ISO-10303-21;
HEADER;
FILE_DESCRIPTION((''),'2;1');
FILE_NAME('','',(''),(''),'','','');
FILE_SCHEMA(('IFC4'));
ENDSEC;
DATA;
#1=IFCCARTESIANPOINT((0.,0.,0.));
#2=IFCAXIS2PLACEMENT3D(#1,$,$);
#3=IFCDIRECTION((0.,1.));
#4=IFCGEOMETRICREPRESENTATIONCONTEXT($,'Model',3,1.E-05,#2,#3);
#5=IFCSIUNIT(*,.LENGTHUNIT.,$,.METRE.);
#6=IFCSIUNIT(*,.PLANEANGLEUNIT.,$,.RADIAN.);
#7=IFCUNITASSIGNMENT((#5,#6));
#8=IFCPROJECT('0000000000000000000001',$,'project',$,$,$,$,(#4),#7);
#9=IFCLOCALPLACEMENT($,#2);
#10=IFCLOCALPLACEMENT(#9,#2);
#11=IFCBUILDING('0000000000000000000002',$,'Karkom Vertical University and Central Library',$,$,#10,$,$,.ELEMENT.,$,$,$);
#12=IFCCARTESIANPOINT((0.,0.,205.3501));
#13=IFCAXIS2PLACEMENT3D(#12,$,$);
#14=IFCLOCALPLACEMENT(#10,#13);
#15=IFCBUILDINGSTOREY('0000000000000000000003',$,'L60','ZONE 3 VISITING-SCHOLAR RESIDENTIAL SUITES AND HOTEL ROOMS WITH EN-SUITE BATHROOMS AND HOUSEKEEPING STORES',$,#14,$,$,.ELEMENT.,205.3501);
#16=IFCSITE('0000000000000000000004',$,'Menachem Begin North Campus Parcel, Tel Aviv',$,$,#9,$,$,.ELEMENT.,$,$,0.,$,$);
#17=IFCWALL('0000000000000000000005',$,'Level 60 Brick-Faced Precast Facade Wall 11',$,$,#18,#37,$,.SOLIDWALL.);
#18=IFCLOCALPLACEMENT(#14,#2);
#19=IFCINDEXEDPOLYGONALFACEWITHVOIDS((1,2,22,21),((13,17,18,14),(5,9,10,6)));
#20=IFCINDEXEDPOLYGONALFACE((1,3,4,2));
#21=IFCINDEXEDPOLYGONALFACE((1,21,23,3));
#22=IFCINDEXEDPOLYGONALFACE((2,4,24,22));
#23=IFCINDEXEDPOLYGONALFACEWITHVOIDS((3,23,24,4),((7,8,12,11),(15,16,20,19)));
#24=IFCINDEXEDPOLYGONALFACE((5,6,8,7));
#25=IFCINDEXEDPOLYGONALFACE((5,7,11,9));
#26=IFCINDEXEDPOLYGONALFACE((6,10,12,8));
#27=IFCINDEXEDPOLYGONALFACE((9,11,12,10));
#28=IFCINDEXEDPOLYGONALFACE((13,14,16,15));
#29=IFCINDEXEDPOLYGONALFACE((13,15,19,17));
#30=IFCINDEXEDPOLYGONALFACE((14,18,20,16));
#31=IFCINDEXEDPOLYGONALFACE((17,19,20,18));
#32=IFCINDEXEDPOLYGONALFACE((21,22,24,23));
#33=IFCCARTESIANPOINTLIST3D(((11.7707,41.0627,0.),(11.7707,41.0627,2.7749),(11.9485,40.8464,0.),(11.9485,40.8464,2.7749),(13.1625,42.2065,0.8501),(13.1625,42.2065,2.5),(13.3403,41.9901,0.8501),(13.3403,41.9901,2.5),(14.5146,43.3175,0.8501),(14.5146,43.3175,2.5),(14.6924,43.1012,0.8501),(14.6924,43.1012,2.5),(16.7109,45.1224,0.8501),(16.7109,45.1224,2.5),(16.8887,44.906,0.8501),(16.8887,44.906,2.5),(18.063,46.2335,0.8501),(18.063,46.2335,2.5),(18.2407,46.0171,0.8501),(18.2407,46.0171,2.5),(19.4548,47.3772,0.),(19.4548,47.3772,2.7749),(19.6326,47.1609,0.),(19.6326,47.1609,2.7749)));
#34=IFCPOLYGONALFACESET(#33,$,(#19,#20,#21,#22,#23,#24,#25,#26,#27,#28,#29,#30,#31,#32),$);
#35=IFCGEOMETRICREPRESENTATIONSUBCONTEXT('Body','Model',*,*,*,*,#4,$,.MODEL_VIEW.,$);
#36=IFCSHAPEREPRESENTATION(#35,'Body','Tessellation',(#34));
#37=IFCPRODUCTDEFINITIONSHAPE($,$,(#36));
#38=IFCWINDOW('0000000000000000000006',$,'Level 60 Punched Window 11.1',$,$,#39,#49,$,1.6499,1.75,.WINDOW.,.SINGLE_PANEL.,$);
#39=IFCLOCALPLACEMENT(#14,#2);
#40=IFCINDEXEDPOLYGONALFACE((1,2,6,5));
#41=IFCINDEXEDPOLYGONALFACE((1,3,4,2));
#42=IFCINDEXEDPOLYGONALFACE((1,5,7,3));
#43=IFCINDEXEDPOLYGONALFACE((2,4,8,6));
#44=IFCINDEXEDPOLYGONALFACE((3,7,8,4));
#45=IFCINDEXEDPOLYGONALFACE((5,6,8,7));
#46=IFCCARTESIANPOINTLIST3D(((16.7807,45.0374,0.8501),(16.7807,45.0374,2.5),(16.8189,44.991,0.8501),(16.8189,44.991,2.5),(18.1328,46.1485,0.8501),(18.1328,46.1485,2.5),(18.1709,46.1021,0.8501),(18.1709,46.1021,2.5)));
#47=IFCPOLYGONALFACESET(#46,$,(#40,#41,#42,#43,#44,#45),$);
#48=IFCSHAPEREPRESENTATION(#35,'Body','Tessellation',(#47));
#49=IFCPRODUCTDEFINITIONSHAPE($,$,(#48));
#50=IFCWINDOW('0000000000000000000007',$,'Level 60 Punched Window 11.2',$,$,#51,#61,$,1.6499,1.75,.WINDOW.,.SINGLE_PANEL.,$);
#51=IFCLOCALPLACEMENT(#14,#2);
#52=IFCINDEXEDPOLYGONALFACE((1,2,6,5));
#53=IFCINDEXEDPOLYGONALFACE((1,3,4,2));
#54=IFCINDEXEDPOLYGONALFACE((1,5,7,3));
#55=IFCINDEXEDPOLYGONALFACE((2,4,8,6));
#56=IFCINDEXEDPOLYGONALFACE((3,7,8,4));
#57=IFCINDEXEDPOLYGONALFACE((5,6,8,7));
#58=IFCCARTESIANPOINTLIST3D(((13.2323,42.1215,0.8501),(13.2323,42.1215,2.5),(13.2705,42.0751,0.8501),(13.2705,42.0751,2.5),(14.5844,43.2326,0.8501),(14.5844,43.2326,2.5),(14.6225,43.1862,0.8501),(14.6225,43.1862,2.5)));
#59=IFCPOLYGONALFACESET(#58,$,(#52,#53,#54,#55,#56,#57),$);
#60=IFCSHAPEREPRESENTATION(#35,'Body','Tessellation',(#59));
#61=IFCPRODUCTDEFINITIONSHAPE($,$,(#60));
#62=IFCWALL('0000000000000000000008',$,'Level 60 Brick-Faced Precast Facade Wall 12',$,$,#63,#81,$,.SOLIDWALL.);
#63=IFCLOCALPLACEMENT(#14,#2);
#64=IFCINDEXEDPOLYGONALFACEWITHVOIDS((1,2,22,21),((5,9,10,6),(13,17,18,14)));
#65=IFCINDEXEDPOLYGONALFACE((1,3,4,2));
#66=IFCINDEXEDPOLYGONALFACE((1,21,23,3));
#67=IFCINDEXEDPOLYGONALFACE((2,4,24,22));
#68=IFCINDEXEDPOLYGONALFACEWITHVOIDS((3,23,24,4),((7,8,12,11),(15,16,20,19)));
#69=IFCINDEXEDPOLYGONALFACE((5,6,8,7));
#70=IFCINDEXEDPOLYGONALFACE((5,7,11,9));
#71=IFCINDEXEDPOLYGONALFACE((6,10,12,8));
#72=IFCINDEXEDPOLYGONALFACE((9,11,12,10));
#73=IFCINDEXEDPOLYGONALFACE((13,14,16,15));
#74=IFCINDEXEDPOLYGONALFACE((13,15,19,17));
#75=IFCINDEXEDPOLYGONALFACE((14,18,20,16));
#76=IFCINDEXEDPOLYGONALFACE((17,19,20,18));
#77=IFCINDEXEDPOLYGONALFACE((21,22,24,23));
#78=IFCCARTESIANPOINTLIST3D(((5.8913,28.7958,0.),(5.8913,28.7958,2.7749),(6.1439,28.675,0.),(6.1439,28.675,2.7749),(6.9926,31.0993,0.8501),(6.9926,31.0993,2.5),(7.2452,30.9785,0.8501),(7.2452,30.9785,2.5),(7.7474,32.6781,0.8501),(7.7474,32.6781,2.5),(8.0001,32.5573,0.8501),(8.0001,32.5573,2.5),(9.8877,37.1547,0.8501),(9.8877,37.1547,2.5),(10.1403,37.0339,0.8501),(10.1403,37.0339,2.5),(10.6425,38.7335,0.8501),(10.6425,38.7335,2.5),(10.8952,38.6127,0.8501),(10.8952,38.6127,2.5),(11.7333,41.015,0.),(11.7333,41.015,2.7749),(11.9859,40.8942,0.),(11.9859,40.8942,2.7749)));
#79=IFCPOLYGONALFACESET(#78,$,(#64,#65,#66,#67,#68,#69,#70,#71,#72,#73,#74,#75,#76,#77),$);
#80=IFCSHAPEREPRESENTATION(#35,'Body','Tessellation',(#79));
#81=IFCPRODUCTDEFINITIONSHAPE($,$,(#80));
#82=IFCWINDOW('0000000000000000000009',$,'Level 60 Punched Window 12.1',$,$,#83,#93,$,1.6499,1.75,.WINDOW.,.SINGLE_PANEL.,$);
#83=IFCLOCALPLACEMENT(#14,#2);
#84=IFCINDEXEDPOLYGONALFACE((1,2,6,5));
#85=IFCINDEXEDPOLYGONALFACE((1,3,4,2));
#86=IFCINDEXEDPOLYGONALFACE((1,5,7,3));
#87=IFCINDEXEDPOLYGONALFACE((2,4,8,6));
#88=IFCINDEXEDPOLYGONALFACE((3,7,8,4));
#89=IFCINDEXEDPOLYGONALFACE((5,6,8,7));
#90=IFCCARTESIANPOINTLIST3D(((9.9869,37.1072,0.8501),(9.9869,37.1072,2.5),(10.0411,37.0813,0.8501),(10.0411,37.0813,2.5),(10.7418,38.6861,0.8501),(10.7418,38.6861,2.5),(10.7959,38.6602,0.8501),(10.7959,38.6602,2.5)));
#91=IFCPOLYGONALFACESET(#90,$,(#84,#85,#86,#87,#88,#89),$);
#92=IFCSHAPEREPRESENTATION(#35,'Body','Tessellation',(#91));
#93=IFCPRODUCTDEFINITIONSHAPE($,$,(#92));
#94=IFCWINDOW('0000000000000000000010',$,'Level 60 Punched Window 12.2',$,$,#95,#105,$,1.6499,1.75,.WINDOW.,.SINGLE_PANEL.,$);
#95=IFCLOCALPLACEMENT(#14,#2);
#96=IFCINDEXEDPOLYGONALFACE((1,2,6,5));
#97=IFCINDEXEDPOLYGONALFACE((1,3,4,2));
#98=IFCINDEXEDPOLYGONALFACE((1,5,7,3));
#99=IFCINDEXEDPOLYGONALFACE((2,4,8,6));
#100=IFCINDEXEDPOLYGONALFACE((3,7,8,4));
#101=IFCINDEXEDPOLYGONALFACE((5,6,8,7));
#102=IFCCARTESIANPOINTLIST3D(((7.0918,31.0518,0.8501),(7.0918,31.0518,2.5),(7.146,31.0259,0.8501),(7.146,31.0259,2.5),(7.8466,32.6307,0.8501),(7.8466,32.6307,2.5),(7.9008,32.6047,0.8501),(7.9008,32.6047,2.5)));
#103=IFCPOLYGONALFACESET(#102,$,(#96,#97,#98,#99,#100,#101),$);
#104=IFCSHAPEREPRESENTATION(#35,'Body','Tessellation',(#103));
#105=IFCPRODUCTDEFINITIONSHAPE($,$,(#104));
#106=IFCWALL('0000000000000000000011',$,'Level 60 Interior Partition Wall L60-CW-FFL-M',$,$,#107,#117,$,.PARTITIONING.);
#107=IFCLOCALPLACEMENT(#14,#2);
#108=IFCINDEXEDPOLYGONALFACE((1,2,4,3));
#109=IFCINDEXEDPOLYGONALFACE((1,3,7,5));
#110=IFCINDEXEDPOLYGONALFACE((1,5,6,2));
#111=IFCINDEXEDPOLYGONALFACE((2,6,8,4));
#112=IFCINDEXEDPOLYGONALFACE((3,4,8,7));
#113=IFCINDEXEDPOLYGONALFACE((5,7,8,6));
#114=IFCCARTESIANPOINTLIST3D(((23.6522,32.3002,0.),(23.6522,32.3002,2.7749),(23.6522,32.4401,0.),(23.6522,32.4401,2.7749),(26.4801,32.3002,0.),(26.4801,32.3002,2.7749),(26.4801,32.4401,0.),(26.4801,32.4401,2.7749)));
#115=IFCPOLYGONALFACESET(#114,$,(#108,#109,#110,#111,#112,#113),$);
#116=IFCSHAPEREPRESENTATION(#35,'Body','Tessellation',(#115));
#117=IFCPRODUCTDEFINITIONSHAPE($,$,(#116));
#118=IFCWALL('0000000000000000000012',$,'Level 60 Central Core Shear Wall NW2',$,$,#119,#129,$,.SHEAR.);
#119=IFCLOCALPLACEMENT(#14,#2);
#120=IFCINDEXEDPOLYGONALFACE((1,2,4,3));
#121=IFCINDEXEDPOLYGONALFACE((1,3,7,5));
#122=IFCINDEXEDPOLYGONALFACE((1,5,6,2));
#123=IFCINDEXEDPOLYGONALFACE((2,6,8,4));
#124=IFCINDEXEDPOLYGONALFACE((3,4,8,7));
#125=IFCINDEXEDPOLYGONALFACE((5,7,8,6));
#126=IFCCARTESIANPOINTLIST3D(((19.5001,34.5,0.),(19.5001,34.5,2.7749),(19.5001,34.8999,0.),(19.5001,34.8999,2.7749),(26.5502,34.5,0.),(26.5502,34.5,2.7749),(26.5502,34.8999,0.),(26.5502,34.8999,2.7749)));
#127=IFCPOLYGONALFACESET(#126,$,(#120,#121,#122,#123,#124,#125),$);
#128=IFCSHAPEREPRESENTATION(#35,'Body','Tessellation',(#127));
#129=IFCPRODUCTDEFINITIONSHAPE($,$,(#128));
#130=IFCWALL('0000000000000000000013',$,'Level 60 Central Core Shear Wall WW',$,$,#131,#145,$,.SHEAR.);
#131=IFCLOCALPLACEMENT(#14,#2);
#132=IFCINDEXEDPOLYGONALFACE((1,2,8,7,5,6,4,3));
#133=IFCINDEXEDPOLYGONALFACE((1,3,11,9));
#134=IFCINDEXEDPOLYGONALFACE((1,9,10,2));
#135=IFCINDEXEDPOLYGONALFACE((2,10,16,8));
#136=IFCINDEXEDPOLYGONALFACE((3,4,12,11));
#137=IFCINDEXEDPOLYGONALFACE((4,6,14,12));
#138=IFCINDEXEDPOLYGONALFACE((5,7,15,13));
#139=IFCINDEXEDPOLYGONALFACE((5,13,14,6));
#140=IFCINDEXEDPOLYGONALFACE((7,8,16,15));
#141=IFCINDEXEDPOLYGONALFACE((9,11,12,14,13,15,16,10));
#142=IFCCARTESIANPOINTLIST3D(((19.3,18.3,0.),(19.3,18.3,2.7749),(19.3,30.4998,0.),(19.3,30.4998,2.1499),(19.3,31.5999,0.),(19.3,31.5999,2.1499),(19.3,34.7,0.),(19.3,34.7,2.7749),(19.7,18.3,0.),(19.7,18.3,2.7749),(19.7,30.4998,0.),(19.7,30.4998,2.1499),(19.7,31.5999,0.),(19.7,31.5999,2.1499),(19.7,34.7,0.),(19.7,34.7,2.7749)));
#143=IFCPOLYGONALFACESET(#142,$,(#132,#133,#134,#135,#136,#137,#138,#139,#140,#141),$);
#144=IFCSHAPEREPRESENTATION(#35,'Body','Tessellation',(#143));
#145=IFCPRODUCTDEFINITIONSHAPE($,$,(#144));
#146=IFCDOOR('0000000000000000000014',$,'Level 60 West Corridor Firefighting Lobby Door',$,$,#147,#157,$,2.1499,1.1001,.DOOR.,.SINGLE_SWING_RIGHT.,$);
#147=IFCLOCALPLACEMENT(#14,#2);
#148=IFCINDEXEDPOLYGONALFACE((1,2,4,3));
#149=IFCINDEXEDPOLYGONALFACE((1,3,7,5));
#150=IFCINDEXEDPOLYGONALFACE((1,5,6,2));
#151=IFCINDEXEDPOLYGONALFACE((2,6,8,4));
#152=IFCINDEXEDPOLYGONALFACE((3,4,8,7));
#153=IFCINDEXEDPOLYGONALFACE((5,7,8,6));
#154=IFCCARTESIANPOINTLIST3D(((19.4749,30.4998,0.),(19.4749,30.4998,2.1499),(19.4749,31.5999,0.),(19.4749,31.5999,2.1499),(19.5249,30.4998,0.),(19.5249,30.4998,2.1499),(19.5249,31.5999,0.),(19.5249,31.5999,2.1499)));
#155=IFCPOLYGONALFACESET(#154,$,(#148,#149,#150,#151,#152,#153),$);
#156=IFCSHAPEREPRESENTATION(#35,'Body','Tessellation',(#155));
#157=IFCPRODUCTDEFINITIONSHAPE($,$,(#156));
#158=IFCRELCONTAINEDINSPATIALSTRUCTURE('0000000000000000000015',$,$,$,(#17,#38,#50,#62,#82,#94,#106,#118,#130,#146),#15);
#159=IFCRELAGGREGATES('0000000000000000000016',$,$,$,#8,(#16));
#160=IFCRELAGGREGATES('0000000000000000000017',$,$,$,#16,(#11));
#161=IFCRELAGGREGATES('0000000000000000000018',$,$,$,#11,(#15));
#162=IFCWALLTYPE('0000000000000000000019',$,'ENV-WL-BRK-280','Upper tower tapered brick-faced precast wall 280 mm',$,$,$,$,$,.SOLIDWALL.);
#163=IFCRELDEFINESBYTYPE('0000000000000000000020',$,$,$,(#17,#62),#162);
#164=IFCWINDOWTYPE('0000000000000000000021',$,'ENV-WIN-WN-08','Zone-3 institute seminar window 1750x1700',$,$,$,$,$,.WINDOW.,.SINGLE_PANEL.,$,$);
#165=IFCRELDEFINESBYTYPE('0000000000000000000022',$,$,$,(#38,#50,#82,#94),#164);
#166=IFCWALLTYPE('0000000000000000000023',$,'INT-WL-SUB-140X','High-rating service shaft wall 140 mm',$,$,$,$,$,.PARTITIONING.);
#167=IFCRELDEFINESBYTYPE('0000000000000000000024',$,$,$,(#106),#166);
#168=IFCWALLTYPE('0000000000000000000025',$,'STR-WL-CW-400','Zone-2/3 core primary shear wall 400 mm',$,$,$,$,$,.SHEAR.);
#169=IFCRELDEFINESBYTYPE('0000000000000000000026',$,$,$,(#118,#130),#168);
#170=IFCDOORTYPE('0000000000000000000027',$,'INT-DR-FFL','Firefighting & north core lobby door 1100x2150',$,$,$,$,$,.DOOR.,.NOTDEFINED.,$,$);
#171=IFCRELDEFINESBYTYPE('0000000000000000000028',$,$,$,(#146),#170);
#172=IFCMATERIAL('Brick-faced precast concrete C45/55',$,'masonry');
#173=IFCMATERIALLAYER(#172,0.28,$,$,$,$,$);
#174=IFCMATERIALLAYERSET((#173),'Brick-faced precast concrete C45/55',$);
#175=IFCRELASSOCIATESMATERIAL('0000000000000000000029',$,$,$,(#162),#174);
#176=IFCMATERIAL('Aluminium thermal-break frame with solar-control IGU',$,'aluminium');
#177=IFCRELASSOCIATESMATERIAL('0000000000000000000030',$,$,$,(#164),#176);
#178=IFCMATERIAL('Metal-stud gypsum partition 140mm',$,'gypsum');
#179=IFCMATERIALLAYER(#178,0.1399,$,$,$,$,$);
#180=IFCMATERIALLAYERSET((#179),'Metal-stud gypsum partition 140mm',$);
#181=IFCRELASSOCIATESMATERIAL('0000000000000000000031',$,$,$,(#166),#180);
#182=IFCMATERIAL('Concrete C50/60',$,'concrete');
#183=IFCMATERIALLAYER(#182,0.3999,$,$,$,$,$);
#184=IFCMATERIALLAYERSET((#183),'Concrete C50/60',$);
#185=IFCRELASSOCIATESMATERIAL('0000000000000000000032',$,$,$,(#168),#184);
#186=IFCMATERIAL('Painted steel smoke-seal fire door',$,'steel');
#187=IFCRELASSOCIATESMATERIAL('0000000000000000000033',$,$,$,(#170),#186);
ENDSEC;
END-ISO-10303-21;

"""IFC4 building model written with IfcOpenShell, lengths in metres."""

from ifc_helpers import new_model, si_unit, direction, frame, frame_2d, origin, origin_with_axes, place, context, subcontext, project, spatial, rectangle, extrude, source, transform, mapped, material, layer, layer_set, type_object, element, fill, save


model = new_model("IFC4")

# Units and contexts
model_context = context("Model", 3, precision=1e-05, world=origin(), true_north=direction((0.0, 1.0)))
body_context = subcontext(model_context, "Body", "Model", "MODEL_VIEW")
ifc_project = project(units=[si_unit("LENGTHUNIT", "METRE"), si_unit("PLANEANGLEUNIT", "RADIAN")], contexts=[model_context])

# Site, building, storey
site_placement = place(None, origin())
site = spatial("IfcSite", under=ifc_project, at=site_placement, Name="Menachem Begin North Campus Parcel, Tel Aviv", CompositionType="ELEMENT", RefElevation=0.0)
building_placement = place(site_placement, origin())
building = spatial("IfcBuilding", under=site, at=building_placement, Name="Karkom Vertical University and Central Library", CompositionType="ELEMENT")
storey_placement = place(building_placement, frame((0.0, 0.0, 205.3501)))
storey = spatial("IfcBuildingStorey", under=building, at=storey_placement, Name="L60", Description="ZONE 3 VISITING-SCHOLAR RESIDENTIAL SUITES AND HOTEL ROOMS WITH EN-SUITE BATHROOMS AND HOUSEKEEPING STORES", CompositionType="ELEMENT", Elevation=205.3501)

# Shared definitions
ifc_material_1 = material(Name="Concrete C50/60", Category="concrete")

# Walls, openings, windows
ifc_material_2 = material(Name="Brick-faced precast concrete C45/55", Category="masonry")
ifc_layer_1 = layer(ifc_material_2, 0.28)
ifc_layer_set_1 = layer_set([ifc_layer_1], Name="Brick-faced precast concrete C45/55")
wall_type_1 = type_object("IfcWallType", Name="ENV-WL-BRK-280", Description="Upper tower tapered brick-faced precast wall 280 mm", PredefinedType="SOLIDWALL", material=ifc_layer_set_1)
wall_1_placement = place(storey_placement, frame((19.5437, 47.269, 0.0), z_axis=(0.0, 0.0, 1.0), x_axis=(-0.772602, -0.634891, 0.0)))
wall_1 = element("IfcWall", 1, at=wall_1_placement, inside=storey, type_object=wall_type_1, Name="Level 60 Brick-Faced Precast Facade Wall 11", PredefinedType="SOLIDWALL", context=body_context, shape_type="SweptSolid", body=[
    extrude(rectangle(XDim=9.9458, YDim=0.28, at=frame_2d((4.9729, 0.0))), origin(), (0.0, 0.0, 1.0), 2.7749),
])
opening_1_placement = place(wall_1_placement, frame((1.8015, 0.0, 0.8501)))
opening_1 = element("IfcOpeningElement", 2, at=opening_1_placement, cuts=wall_1, PredefinedType="OPENING", context=body_context, shape_type="SweptSolid", body=[
    extrude(rectangle(XDim=1.75, YDim=1.6499, at=frame_2d((0.875, 0.825))), frame((0.0, 0.1499, 0.0), z_axis=(0.0, -1.0, 0.0), x_axis=(1.0, 0.0, 0.0)), (0.0, 0.0, 1.0), 0.3),
])
opening_2_placement = place(wall_1_placement, frame((6.3943, 0.0, 0.8501)))
opening_2 = element("IfcOpeningElement", 3, at=opening_2_placement, cuts=wall_1, PredefinedType="OPENING", context=body_context, shape_type="SweptSolid", body=[
    extrude(rectangle(XDim=1.75, YDim=1.6499, at=frame_2d((0.875, 0.825))), frame((0.0, 0.1499, 0.0), z_axis=(0.0, -1.0, 0.0), x_axis=(1.0, 0.0, 0.0)), (0.0, 0.0, 1.0), 0.3),
])
ifc_material_3 = material(Name="Aluminium thermal-break frame with solar-control IGU", Category="aluminium")
window_type = type_object("IfcWindowType", Name="ENV-WIN-WN-08", Description="Zone-3 institute seminar window 1750x1700", PartitioningType="SINGLE_PANEL", PredefinedType="WINDOW", material=ifc_material_3)
shared_shape_1 = source(origin_with_axes(), body_context, "Body", "SweptSolid", [
    extrude(rectangle(XDim=1.75, YDim=1.6499, at=frame_2d((0.875, 0.825))), frame((0.0, 0.03, 0.0), z_axis=(0.0, -1.0, 0.0), x_axis=(1.0, 0.0, 0.0)), (0.0, 0.0, 1.0), 0.0601),
])
window_1_placement = place(opening_1_placement, origin())
window_1 = element("IfcWindow", 4, at=window_1_placement, inside=storey, type_object=window_type, Name="Level 60 Punched Window 11.1", OverallHeight=1.6499, OverallWidth=1.75, PartitioningType="SINGLE_PANEL", PredefinedType="WINDOW", context=body_context, shape_type="MappedRepresentation", body=[
    mapped(shared_shape_1, transform((0.0, 0.0, 0.0), scale=1.0)),
])
fill(opening_1, window_1)
window_2_placement = place(opening_2_placement, origin())
window_2 = element("IfcWindow", 5, at=window_2_placement, inside=storey, type_object=window_type, Name="Level 60 Punched Window 11.2", OverallHeight=1.6499, OverallWidth=1.75, PartitioningType="SINGLE_PANEL", PredefinedType="WINDOW", context=body_context, shape_type="MappedRepresentation", body=[
    mapped(shared_shape_1, transform((0.0, 0.0, 0.0), scale=1.0)),
])
fill(opening_2, window_2)
wall_2_placement = place(storey_placement, frame((11.8596, 40.9546, 0.0), z_axis=(0.0, 0.0, 1.0), x_axis=(-0.431339, -0.90219, 0.0)))
wall_2 = element("IfcWall", 6, at=wall_2_placement, inside=storey, type_object=wall_type_1, Name="Level 60 Brick-Faced Precast Facade Wall 12", PredefinedType="SOLIDWALL", context=body_context, shape_type="SweptSolid", body=[
    extrude(rectangle(XDim=13.5439, YDim=0.28, at=frame_2d((6.772, 0.0))), origin(), (0.0, 0.0, 1.0), 2.7749),
])
opening_3_placement = place(wall_2_placement, frame((2.5288, 0.0, 0.8501)))
opening_3 = element("IfcOpeningElement", 7, at=opening_3_placement, cuts=wall_2, PredefinedType="OPENING", context=body_context, shape_type="SweptSolid", body=[
    extrude(rectangle(XDim=1.75, YDim=1.6499, at=frame_2d((0.875, 0.825))), frame((0.0, 0.1499, 0.0), z_axis=(0.0, -1.0, 0.0), x_axis=(1.0, 0.0, 0.0)), (0.0, 0.0, 1.0), 0.3),
])
opening_4_placement = place(wall_2_placement, frame((9.2407, 0.0, 0.8501)))
opening_4 = element("IfcOpeningElement", 8, at=opening_4_placement, cuts=wall_2, PredefinedType="OPENING", context=body_context, shape_type="SweptSolid", body=[
    extrude(rectangle(XDim=1.75, YDim=1.6499, at=frame_2d((0.875, 0.825))), frame((0.0, 0.1499, 0.0), z_axis=(0.0, -1.0, 0.0), x_axis=(1.0, 0.0, 0.0)), (0.0, 0.0, 1.0), 0.3),
])
window_3_placement = place(opening_3_placement, origin())
window_3 = element("IfcWindow", 9, at=window_3_placement, inside=storey, type_object=window_type, Name="Level 60 Punched Window 12.1", OverallHeight=1.6499, OverallWidth=1.75, PartitioningType="SINGLE_PANEL", PredefinedType="WINDOW", context=body_context, shape_type="MappedRepresentation", body=[
    mapped(shared_shape_1, transform((0.0, 0.0, 0.0), scale=1.0)),
])
fill(opening_3, window_3)
window_4_placement = place(opening_4_placement, origin())
window_4 = element("IfcWindow", 10, at=window_4_placement, inside=storey, type_object=window_type, Name="Level 60 Punched Window 12.2", OverallHeight=1.6499, OverallWidth=1.75, PartitioningType="SINGLE_PANEL", PredefinedType="WINDOW", context=body_context, shape_type="MappedRepresentation", body=[
    mapped(shared_shape_1, transform((0.0, 0.0, 0.0), scale=1.0)),
])
fill(opening_4, window_4)

# Walls
ifc_material_4 = material(Name="Metal-stud gypsum partition 140mm", Category="gypsum")
ifc_layer_2 = layer(ifc_material_4, 0.1399)
ifc_layer_set_2 = layer_set([ifc_layer_2], Name="Metal-stud gypsum partition 140mm")
wall_type_2 = type_object("IfcWallType", Name="INT-WL-SUB-140X", Description="High-rating service shaft wall 140 mm", PredefinedType="PARTITIONING", material=ifc_layer_set_2)
wall_3_placement = place(storey_placement, frame((23.6521, 32.3701, 0.0), z_axis=(0.0, 0.0, 1.0), x_axis=(1.0, 0.0, 0.0)))
element("IfcWall", 11, at=wall_3_placement, inside=storey, type_object=wall_type_2, Name="Level 60 Interior Partition Wall L60-CW-FFL-M", PredefinedType="PARTITIONING", context=body_context, shape_type="SweptSolid", body=[
    extrude(rectangle(XDim=2.8279, YDim=0.1399, at=frame_2d((1.4141, 0.0))), origin(), (0.0, 0.0, 1.0), 2.7749),
])
ifc_layer_3 = layer(ifc_material_1, 0.3999)
ifc_layer_set_3 = layer_set([ifc_layer_3], Name="Concrete C50/60")
wall_type_3 = type_object("IfcWallType", Name="STR-WL-CW-400", Description="Zone-2/3 core primary shear wall 400 mm", PredefinedType="SHEAR", material=ifc_layer_set_3)
wall_4_placement = place(storey_placement, frame((26.55, 34.7, 0.0), z_axis=(0.0, 0.0, 1.0), x_axis=(-1.0, 0.0, 0.0)))
element("IfcWall", 12, at=wall_4_placement, inside=storey, type_object=wall_type_3, Name="Level 60 Central Core Shear Wall NW2", PredefinedType="SHEAR", context=body_context, shape_type="SweptSolid", body=[
    extrude(rectangle(XDim=7.05, YDim=0.3999, at=frame_2d((3.5249, 0.0))), origin(), (0.0, 0.0, 1.0), 2.7749),
])

# Wall, opening, door
wall_5_placement = place(storey_placement, frame((19.5, 34.7, 0.0), z_axis=(0.0, 0.0, 1.0), x_axis=(0.0, -1.0, 0.0)))
wall_5 = element("IfcWall", 13, at=wall_5_placement, inside=storey, type_object=wall_type_3, Name="Level 60 Central Core Shear Wall WW", PredefinedType="SHEAR", context=body_context, shape_type="SweptSolid", body=[
    extrude(rectangle(XDim=16.3999, YDim=0.3999, at=frame_2d((8.2, 0.0))), origin(), (0.0, 0.0, 1.0), 2.7749),
])
opening_5_placement = place(wall_5_placement, frame((3.1001, 0.0, 0.0)))
opening_5 = element("IfcOpeningElement", 14, at=opening_5_placement, cuts=wall_5, PredefinedType="OPENING", context=body_context, shape_type="SweptSolid", body=[
    extrude(rectangle(XDim=1.1001, YDim=2.1499, at=frame_2d((0.55, 1.075))), frame((0.0, 0.21, 0.0), z_axis=(0.0, -1.0, 0.0), x_axis=(1.0, 0.0, 0.0)), (0.0, 0.0, 1.0), 0.4199),
])
ifc_material_5 = material(Name="Painted steel smoke-seal fire door", Category="steel")
door_type = type_object("IfcDoorType", Name="INT-DR-FFL", Description="Firefighting & north core lobby door 1100x2150", OperationType="NOTDEFINED", PredefinedType="DOOR", material=ifc_material_5)
shared_shape_2 = source(origin_with_axes(), body_context, "Body", "SweptSolid", [
    extrude(rectangle(XDim=1.1001, YDim=2.1499, at=frame_2d((0.55, 1.075))), frame((0.0, 0.0249, 0.0), z_axis=(0.0, -1.0, 0.0), x_axis=(1.0, 0.0, 0.0)), (0.0, 0.0, 1.0), 0.05),
])
door_placement = place(opening_5_placement, origin())
door = element("IfcDoor", 15, at=door_placement, inside=storey, type_object=door_type, Name="Level 60 West Corridor Firefighting Lobby Door", OperationType="SINGLE_SWING_RIGHT", OverallHeight=2.1499, OverallWidth=1.1001, PredefinedType="DOOR", context=body_context, shape_type="MappedRepresentation", body=[
    mapped(shared_shape_2, transform((0.0, 0.0, 0.0), scale=1.0)),
])
fill(opening_5, door)

save(model, "model.ifc")
